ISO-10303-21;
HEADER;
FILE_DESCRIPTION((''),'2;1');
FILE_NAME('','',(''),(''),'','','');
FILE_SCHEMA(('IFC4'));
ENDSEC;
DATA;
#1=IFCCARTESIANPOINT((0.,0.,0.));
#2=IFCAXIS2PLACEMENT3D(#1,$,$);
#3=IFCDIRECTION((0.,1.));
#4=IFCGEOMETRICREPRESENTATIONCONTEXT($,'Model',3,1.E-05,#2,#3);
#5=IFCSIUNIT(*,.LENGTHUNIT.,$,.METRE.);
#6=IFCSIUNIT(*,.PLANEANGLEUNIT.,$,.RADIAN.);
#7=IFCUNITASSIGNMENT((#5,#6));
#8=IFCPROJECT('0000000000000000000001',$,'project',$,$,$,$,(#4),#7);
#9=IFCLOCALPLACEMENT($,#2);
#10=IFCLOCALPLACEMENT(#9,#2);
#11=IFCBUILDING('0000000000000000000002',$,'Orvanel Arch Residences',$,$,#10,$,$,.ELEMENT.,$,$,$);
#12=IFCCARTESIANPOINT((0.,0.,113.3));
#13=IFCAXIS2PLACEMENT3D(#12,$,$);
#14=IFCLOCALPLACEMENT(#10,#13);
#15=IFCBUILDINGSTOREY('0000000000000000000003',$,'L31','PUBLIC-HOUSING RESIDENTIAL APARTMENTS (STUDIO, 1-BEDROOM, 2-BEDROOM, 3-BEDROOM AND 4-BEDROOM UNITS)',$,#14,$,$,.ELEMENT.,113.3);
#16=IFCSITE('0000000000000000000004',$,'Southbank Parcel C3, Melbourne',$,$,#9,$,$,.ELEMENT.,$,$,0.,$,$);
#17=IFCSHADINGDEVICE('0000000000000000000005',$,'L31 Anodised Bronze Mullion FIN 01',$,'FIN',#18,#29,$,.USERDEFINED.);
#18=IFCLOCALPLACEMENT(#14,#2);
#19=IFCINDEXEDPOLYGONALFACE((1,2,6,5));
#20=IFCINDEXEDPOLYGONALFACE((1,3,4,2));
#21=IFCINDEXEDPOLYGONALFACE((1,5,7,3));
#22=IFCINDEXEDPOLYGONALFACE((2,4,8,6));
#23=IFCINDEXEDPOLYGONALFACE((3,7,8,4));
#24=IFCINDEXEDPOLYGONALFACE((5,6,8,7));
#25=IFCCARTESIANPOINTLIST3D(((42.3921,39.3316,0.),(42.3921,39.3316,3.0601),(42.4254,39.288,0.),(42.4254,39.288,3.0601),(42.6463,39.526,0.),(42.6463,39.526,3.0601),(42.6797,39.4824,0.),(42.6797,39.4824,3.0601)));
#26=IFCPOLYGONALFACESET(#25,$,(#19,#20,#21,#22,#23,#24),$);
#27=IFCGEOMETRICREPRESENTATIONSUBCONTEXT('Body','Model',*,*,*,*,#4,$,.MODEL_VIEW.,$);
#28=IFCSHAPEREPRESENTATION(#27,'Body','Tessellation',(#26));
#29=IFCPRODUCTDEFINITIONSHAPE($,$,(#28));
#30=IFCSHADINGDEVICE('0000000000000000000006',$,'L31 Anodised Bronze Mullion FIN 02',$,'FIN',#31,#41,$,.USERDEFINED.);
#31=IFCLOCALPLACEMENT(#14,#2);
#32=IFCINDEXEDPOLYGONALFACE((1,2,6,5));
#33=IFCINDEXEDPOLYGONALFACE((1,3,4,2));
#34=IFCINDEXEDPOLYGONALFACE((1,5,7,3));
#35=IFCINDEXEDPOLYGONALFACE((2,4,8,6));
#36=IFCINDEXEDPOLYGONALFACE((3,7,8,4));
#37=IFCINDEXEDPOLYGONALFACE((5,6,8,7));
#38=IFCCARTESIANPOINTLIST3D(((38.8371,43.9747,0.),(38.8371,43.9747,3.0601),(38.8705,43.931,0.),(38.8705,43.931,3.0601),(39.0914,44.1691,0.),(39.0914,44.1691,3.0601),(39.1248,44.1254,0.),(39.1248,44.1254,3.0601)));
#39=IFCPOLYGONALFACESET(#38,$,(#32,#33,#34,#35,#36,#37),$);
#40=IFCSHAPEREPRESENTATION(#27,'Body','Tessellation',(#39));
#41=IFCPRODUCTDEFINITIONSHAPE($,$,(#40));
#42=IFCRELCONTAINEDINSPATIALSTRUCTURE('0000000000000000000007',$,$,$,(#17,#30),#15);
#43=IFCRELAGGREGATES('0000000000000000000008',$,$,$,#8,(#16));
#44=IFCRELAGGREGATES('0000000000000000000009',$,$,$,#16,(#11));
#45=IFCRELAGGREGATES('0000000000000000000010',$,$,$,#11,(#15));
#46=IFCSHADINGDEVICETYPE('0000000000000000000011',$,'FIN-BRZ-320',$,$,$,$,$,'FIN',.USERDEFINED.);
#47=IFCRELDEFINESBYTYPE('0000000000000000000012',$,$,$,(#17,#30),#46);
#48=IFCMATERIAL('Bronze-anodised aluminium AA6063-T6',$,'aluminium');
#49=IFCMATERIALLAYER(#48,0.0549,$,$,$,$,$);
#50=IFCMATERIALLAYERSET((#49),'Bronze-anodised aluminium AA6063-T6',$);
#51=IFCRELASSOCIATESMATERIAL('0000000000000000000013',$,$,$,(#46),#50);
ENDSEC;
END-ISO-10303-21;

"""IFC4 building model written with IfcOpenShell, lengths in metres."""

from ifc_helpers import new_model, si_unit, direction, frame, origin, origin_2d, place, context, subcontext, project, spatial, rectangle, extrude, material, layer, layer_set, type_object, element, save


model = new_model("IFC4")

# Units and contexts
model_context = context("Model", 3, precision=1e-05, world=origin(), true_north=direction((0.0, 1.0)))
body_context = subcontext(model_context, "Body", "Model", "MODEL_VIEW")
ifc_project = project(units=[si_unit("LENGTHUNIT", "METRE"), si_unit("PLANEANGLEUNIT", "RADIAN")], contexts=[model_context])

# Site, building, storey
site_placement = place(None, origin())
site = spatial("IfcSite", under=ifc_project, at=site_placement, Name="Southbank Parcel C3, Melbourne", CompositionType="ELEMENT", RefElevation=0.0)
building_placement = place(site_placement, origin())
building = spatial("IfcBuilding", under=site, at=building_placement, Name="Orvanel Arch Residences", CompositionType="ELEMENT")
storey_placement = place(building_placement, frame((0.0, 0.0, 113.3)))
storey = spatial("IfcBuildingStorey", under=building, at=storey_placement, Name="L31", Description="PUBLIC-HOUSING RESIDENTIAL APARTMENTS (STUDIO, 1-BEDROOM, 2-BEDROOM, 3-BEDROOM AND 4-BEDROOM UNITS)", CompositionType="ELEMENT", Elevation=113.3)

# Shared definitions
ifc_material_1 = material(Name="Bronze-anodised aluminium AA6063-T6", Category="aluminium")

# Shading devices
ifc_layer_1 = layer(ifc_material_1, 0.0549)
ifc_layer_set_1 = layer_set([ifc_layer_1], Name="Bronze-anodised aluminium AA6063-T6")
shading_device_type = type_object("IfcShadingDeviceType", Name="FIN-BRZ-320", ElementType="FIN", PredefinedType="USERDEFINED", material=ifc_layer_set_1)
for number, where, z_axis, x_axis, name in (
    (1, (42.5359, 39.407, 0.0), (0.0, 0.0, 1.0), (0.794415, 0.607376, 0.0), "L31 Anodised Bronze Mullion FIN 01"),
    (2, (38.981, 44.05, 0.0), (0.0, 0.0, 1.0), (0.794415, 0.607376, 0.0), "L31 Anodised Bronze Mullion FIN 02"),
):
    element("IfcShadingDevice", number, at=place(storey_placement, frame(where, z_axis=z_axis, x_axis=x_axis)), inside=storey, type_object=shading_device_type, Name=name, ObjectType="FIN", PredefinedType="USERDEFINED", context=body_context, shape_type="SweptSolid", body=[
        extrude(rectangle(XDim=0.3201, YDim=0.0549, at=origin_2d()), origin(), (0.0, 0.0, 1.0), 3.0601),
    ])

save(model, "model.ifc")
